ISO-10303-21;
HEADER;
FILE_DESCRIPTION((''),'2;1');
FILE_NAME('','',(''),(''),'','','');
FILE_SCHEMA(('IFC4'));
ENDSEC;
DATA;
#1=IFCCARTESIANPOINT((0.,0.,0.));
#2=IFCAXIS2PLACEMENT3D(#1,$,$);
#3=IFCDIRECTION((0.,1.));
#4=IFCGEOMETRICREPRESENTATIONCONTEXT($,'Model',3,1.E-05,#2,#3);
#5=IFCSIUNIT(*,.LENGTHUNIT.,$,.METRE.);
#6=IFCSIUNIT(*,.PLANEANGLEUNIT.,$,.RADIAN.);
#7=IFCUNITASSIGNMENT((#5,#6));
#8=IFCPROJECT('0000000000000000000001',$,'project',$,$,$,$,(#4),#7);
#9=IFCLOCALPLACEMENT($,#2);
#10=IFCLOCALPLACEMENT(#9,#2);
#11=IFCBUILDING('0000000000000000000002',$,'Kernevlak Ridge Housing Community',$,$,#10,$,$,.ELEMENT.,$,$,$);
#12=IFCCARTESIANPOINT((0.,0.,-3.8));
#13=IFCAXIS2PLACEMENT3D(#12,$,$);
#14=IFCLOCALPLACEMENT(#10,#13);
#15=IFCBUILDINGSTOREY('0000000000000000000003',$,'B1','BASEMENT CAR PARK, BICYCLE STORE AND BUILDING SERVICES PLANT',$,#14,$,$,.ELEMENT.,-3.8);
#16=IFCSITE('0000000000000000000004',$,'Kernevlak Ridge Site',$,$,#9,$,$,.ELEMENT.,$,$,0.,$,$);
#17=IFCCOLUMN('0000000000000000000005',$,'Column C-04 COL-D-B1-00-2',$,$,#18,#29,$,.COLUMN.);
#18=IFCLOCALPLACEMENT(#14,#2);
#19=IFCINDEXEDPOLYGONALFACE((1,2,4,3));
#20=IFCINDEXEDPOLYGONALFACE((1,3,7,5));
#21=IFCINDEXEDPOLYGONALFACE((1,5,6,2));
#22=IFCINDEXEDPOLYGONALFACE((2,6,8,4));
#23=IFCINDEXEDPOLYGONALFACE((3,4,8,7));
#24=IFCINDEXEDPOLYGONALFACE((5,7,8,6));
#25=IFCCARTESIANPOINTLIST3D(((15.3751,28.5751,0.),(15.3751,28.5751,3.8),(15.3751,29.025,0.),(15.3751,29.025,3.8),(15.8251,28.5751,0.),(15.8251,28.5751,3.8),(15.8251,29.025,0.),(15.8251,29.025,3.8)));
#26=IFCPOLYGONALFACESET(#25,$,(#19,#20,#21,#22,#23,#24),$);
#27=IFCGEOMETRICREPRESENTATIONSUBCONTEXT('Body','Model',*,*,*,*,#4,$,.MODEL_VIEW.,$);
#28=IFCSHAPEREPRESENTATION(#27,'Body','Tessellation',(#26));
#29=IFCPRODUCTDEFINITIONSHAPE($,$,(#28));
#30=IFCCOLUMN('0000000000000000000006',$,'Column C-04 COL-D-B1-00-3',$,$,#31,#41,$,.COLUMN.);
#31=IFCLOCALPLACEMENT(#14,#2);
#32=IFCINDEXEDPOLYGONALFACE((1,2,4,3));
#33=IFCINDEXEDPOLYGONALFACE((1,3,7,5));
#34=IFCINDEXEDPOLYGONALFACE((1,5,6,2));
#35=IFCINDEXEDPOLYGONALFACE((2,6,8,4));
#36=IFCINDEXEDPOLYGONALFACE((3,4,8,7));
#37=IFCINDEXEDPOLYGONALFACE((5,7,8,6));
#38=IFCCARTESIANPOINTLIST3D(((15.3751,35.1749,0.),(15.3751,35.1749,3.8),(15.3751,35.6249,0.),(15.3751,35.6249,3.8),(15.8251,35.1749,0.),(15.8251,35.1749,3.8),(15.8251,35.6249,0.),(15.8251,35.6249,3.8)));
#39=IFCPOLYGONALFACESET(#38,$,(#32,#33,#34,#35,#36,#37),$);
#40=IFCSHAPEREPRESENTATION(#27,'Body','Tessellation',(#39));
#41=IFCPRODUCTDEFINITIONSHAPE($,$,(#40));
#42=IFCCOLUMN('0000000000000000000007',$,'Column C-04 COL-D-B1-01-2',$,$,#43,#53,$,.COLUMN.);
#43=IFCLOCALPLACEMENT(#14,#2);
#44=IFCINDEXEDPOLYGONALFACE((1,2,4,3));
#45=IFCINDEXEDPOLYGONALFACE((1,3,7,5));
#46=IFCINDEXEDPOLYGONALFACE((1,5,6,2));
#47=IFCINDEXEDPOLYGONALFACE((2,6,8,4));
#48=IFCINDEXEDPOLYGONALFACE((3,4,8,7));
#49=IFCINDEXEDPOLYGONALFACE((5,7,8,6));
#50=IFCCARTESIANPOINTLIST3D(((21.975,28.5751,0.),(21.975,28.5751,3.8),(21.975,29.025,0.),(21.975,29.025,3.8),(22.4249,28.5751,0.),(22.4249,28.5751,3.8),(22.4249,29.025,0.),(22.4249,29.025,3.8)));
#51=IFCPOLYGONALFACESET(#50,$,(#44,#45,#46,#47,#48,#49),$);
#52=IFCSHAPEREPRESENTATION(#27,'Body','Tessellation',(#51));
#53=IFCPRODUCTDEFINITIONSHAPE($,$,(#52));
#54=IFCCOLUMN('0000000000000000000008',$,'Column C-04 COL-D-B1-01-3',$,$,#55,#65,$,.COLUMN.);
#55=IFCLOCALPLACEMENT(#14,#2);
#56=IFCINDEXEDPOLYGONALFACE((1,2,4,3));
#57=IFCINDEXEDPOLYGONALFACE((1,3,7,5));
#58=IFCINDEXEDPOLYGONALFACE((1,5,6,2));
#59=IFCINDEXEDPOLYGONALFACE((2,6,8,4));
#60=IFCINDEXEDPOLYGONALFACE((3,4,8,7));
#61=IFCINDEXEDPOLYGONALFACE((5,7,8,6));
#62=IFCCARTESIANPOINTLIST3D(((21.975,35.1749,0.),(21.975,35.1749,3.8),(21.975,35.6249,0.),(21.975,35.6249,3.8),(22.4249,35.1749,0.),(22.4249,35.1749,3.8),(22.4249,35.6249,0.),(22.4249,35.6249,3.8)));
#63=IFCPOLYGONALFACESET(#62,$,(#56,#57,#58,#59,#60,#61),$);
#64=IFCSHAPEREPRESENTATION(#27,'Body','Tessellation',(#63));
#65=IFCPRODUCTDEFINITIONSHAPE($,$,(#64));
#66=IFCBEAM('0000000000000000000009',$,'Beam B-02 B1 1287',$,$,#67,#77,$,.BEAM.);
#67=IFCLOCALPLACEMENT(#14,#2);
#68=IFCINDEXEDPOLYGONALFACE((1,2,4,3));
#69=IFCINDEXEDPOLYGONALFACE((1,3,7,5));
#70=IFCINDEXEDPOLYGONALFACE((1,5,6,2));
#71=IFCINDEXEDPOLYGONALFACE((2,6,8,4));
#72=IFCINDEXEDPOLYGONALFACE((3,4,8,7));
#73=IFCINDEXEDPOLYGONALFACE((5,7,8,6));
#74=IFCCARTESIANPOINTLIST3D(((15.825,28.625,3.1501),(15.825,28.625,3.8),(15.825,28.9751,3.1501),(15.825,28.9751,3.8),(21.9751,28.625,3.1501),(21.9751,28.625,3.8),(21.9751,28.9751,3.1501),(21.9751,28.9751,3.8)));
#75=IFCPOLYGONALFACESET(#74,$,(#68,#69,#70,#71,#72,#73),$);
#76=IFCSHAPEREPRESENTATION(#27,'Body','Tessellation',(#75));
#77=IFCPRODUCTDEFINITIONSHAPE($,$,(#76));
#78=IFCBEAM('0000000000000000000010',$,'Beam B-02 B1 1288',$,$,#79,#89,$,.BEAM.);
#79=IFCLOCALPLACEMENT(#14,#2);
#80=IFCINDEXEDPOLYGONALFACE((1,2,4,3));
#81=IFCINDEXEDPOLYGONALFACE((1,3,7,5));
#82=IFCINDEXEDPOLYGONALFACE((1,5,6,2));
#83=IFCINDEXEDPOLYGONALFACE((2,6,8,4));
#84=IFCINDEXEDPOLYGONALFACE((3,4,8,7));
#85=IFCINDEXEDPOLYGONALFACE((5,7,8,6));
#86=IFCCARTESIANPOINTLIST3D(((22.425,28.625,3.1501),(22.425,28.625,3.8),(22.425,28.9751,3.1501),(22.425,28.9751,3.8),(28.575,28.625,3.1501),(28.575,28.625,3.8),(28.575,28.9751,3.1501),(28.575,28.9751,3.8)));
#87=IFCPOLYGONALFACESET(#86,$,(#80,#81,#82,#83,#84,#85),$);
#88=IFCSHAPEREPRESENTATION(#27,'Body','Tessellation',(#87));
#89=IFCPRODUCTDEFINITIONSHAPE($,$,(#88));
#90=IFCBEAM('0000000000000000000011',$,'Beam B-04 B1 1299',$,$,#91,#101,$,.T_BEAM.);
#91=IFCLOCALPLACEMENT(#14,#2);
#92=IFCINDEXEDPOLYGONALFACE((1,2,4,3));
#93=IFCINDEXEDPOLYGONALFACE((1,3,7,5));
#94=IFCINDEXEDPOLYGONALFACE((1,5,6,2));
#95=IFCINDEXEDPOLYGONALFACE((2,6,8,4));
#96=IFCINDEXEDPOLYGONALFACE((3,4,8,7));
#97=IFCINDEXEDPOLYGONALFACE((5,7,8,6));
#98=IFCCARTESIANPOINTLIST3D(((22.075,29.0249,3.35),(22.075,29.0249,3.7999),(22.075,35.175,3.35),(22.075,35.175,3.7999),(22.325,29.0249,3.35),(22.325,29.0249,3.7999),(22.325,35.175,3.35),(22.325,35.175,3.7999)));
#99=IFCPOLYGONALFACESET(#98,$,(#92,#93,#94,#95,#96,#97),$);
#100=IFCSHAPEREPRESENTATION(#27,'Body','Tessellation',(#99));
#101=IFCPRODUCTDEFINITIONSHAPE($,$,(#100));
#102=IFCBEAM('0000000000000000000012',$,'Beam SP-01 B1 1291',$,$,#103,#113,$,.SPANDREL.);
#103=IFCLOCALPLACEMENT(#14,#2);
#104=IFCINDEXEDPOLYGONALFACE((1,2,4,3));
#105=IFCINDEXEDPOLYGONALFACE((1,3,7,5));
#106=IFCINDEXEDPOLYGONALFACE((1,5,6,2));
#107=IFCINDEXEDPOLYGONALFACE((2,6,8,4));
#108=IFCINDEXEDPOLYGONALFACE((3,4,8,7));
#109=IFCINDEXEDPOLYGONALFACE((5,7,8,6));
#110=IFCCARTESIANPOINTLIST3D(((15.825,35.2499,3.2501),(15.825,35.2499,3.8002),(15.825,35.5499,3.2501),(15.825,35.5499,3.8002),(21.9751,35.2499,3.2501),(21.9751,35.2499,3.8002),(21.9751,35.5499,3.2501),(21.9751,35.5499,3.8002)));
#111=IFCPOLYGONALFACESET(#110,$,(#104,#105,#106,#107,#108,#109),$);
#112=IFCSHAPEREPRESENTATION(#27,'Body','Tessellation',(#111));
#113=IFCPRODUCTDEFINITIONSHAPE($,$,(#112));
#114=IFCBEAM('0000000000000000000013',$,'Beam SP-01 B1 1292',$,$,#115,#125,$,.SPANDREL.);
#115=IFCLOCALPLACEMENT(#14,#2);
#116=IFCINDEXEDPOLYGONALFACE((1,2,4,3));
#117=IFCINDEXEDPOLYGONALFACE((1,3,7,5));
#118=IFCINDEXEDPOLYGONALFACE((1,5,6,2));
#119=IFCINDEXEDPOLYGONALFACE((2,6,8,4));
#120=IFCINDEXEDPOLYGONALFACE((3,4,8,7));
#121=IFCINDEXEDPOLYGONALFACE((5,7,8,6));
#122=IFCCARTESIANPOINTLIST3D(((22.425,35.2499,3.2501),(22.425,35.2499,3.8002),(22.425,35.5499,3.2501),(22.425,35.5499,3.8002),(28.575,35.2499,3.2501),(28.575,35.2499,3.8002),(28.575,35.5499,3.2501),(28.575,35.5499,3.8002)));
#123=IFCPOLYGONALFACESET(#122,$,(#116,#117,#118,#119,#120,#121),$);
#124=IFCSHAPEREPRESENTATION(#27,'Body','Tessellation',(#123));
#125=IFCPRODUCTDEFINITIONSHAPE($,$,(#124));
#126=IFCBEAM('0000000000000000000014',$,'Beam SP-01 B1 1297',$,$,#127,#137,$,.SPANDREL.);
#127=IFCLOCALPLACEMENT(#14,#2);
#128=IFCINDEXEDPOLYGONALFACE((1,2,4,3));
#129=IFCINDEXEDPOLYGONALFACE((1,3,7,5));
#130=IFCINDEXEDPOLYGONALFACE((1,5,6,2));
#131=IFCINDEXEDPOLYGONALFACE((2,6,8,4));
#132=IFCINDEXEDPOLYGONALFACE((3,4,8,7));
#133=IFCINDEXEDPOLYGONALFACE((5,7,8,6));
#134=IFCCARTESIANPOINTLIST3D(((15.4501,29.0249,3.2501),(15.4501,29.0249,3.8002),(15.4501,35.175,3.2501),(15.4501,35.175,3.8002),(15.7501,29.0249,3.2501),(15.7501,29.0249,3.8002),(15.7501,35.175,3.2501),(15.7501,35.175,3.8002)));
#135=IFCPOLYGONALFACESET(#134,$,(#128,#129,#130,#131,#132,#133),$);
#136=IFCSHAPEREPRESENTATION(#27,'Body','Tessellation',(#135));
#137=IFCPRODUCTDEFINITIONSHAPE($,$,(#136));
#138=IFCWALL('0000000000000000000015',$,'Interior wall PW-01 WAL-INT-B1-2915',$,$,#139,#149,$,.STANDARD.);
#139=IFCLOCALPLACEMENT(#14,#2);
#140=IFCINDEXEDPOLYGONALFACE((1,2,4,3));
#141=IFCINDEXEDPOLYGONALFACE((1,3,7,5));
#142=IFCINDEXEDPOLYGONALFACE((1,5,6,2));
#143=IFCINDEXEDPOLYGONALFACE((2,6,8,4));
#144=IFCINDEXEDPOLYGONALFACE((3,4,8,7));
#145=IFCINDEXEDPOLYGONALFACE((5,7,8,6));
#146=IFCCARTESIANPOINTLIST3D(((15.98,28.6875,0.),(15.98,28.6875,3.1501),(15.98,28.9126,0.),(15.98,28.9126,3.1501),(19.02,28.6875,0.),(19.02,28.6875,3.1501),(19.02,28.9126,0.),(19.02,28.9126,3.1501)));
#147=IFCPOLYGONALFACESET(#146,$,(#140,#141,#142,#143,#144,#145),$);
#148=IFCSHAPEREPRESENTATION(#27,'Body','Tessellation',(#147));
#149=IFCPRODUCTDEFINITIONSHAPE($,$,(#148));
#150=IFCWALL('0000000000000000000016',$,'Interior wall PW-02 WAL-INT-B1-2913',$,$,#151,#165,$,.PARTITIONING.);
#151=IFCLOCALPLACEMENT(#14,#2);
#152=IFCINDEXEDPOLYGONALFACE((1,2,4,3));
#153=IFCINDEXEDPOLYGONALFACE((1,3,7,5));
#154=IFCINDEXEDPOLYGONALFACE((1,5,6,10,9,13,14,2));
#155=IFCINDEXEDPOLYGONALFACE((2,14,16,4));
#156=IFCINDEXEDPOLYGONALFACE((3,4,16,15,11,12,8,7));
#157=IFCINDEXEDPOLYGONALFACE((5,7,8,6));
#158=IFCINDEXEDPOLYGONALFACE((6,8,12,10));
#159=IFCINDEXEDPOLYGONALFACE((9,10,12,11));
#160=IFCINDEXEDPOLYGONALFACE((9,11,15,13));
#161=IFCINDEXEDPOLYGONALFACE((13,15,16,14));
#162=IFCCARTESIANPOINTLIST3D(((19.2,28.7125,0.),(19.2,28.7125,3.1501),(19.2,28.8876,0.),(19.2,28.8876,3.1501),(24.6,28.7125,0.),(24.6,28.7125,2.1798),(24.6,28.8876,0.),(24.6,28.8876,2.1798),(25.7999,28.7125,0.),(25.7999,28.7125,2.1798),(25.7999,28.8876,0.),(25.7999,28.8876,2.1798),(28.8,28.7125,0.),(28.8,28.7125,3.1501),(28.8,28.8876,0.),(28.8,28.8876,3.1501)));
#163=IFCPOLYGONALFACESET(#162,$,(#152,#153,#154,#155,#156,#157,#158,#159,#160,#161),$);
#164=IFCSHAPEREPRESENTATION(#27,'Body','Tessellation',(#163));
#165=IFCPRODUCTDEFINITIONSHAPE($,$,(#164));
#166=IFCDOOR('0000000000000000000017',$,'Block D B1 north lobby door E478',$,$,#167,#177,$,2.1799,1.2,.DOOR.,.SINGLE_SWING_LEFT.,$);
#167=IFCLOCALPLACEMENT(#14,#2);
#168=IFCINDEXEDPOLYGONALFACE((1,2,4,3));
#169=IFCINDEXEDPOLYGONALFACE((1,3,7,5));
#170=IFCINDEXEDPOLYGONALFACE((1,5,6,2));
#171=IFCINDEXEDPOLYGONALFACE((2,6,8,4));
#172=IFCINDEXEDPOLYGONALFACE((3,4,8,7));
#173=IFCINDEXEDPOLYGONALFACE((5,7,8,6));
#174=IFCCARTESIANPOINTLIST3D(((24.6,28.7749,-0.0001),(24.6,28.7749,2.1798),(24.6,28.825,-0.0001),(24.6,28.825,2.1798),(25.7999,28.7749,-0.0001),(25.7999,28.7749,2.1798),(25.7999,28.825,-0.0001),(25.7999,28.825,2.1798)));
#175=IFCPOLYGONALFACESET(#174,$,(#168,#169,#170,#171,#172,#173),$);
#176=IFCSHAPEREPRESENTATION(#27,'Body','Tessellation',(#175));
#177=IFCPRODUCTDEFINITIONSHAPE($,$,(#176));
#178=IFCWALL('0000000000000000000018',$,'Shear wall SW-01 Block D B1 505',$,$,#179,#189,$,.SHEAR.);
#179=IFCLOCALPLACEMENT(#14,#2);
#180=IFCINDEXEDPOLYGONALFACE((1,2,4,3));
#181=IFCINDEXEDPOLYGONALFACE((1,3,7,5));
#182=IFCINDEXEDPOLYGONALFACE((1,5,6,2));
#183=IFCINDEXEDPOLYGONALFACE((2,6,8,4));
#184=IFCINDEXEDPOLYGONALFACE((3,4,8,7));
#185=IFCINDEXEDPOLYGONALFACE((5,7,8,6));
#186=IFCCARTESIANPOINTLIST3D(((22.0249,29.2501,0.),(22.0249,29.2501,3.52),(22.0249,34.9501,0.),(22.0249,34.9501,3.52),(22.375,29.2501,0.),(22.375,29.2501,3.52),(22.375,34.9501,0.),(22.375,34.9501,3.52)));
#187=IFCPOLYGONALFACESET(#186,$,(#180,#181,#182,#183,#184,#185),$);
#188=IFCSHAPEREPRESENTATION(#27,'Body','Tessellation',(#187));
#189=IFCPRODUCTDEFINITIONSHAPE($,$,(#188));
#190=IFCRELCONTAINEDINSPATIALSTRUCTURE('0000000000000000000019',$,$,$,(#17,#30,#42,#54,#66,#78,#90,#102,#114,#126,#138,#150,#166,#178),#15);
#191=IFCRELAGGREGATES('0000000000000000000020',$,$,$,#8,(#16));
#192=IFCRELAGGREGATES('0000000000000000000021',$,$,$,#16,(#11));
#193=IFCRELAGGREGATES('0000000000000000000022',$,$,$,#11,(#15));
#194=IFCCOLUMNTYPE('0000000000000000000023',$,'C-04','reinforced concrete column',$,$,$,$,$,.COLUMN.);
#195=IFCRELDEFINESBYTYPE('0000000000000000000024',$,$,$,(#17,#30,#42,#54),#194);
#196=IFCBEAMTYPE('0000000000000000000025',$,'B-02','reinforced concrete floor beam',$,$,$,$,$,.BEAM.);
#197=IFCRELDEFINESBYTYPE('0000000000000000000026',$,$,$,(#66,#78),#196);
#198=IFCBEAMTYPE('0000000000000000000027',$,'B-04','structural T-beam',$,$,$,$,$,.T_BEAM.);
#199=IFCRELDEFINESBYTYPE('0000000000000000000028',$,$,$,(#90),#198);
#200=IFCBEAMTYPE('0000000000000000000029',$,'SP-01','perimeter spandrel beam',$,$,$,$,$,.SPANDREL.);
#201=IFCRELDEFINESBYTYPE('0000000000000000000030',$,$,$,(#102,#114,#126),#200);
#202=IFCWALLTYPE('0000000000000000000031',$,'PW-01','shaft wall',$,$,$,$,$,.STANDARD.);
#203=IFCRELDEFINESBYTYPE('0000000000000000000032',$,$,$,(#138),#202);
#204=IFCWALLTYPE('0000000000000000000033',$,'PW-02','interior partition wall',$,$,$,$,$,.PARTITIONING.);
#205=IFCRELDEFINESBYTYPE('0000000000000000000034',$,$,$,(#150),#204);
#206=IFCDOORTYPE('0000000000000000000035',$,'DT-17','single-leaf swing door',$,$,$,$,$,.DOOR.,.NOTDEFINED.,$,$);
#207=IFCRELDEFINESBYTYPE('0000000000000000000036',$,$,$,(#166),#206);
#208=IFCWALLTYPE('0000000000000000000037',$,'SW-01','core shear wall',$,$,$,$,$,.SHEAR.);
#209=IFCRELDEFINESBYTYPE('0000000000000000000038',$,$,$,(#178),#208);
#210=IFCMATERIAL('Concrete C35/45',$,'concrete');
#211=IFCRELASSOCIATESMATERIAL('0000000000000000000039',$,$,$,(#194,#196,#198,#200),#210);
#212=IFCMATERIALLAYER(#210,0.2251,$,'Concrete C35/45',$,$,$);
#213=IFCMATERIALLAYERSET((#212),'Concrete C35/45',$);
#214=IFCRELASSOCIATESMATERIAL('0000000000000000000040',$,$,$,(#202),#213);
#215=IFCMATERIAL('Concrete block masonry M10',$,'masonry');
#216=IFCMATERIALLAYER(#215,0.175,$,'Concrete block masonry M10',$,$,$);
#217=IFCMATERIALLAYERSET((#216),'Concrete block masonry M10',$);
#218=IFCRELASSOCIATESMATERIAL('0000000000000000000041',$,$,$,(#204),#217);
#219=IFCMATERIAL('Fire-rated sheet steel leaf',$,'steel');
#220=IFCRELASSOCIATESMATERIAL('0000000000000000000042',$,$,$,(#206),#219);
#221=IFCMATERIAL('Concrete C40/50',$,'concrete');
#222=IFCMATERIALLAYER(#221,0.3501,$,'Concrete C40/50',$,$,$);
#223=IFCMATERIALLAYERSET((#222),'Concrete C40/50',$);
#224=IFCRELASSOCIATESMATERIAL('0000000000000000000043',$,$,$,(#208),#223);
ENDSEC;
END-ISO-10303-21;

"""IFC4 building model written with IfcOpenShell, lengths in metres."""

from ifc_helpers import new_model, si_unit, direction, frame, frame_2d, origin, origin_2d, place, context, subcontext, project, spatial, rectangle, extrude, material, layer, layer_set, material_profile, profile_set, type_object, element, fill, save


model = new_model("IFC4")

# Units and contexts
model_context = context("Model", 3, precision=1e-05, world=origin(), true_north=direction((0.0, 1.0)))
body_context = subcontext(model_context, "Body", "Model", "MODEL_VIEW")
ifc_project = project(units=[si_unit("LENGTHUNIT", "METRE"), si_unit("PLANEANGLEUNIT", "RADIAN")], contexts=[model_context])

# Site, building, storey
site_placement = place(None, origin())
site = spatial("IfcSite", under=ifc_project, at=site_placement, Name="Kernevlak Ridge Site", CompositionType="ELEMENT", RefElevation=0.0)
building_placement = place(site_placement, origin())
building = spatial("IfcBuilding", under=site, at=building_placement, Name="Kernevlak Ridge Housing Community", CompositionType="ELEMENT")
storey_placement = place(building_placement, frame((0.0, 0.0, -3.8)))
storey = spatial("IfcBuildingStorey", under=building, at=storey_placement, Name="B1", Description="BASEMENT CAR PARK, BICYCLE STORE AND BUILDING SERVICES PLANT", CompositionType="ELEMENT", Elevation=-3.8)

# Shared definitions
ifc_material_1 = material(Name="Concrete C35/45", Category="concrete")

# Columns
ifc_material_profile_1 = material_profile(ifc_material_1, rectangle(XDim=0.45, YDim=0.45, at=origin_2d()), Name="RC 450x450")
ifc_profile_set_1 = profile_set([ifc_material_profile_1], Name="Concrete C35/45")
column_type = type_object("IfcColumnType", Name="C-04", Description="reinforced concrete column", PredefinedType="COLUMN", material=ifc_profile_set_1)
for number, where, z_axis, x_axis, name in (
    (1, (15.6001, 28.8, 0.0), (0.0, 0.0, 1.0), (1.0, 0.0, 0.0), "Column C-04 COL-D-B1-00-2"),
    (2, (15.6001, 35.3999, 0.0), (0.0, 0.0, 1.0), (1.0, 0.0, 0.0), "Column C-04 COL-D-B1-00-3"),
    (3, (22.2, 28.8, 0.0), (0.0, 0.0, 1.0), (1.0, 0.0, 0.0), "Column C-04 COL-D-B1-01-2"),
    (4, (22.2, 35.3999, 0.0), (0.0, 0.0, 1.0), (1.0, 0.0, 0.0), "Column C-04 COL-D-B1-01-3"),
):
    element("IfcColumn", number, at=place(storey_placement, frame(where, z_axis=z_axis, x_axis=x_axis)), inside=storey, type_object=column_type, Name=name, PredefinedType="COLUMN", context=body_context, shape_type="SweptSolid", body=[
        extrude(rectangle(XDim=0.45, YDim=0.45, at=origin_2d()), origin(), (0.0, 0.0, 1.0), 3.8),
    ])

# Beams
ifc_material_profile_2 = material_profile(ifc_material_1, rectangle(XDim=0.3501, YDim=0.6499, at=origin_2d()), Name="RC 350x650")
ifc_profile_set_2 = profile_set([ifc_material_profile_2], Name="Concrete C35/45")
beam_type_1 = type_object("IfcBeamType", Name="B-02", Description="reinforced concrete floor beam", PredefinedType="BEAM", material=ifc_profile_set_2)
beam_1_placement = place(storey_placement, frame((15.825, 28.8, 3.4751), z_axis=(1.0, 0.0, 0.0), x_axis=(0.0, 1.0, 0.0)))
element("IfcBeam", 5, at=beam_1_placement, inside=storey, type_object=beam_type_1, Name="Beam B-02 B1 1287", PredefinedType="BEAM", context=body_context, shape_type="SweptSolid", body=[
    extrude(rectangle(XDim=0.3501, YDim=0.6499, at=origin_2d()), origin(), (0.0, 0.0, 1.0), 6.1501),
])
beam_2_placement = place(storey_placement, frame((22.425, 28.8, 3.4751), z_axis=(1.0, 0.0, 0.0), x_axis=(0.0, 1.0, 0.0)))
element("IfcBeam", 6, at=beam_2_placement, inside=storey, type_object=beam_type_1, Name="Beam B-02 B1 1288", PredefinedType="BEAM", context=body_context, shape_type="SweptSolid", body=[
    extrude(rectangle(XDim=0.3501, YDim=0.6499, at=origin_2d()), origin(), (0.0, 0.0, 1.0), 6.1499),
])
ifc_material_profile_3 = material_profile(ifc_material_1, rectangle(XDim=0.25, YDim=0.45, at=origin_2d()), Name="RC 250x450")
ifc_profile_set_3 = profile_set([ifc_material_profile_3], Name="Concrete C35/45")
beam_type_2 = type_object("IfcBeamType", Name="B-04", Description="structural T-beam", PredefinedType="T_BEAM", material=ifc_profile_set_3)
beam_3_placement = place(storey_placement, frame((22.2, 29.0249, 3.575), z_axis=(0.0, 1.0, 0.0), x_axis=(-1.0, 0.0, 0.0)))
element("IfcBeam", 7, at=beam_3_placement, inside=storey, type_object=beam_type_2, Name="Beam B-04 B1 1299", PredefinedType="T_BEAM", context=body_context, shape_type="SweptSolid", body=[
    extrude(rectangle(XDim=0.25, YDim=0.45, at=origin_2d()), origin(), (0.0, 0.0, 1.0), 6.1501),
])
ifc_material_profile_4 = material_profile(ifc_material_1, rectangle(XDim=0.3, YDim=0.55, at=origin_2d()), Name="RC 300x550")
ifc_profile_set_4 = profile_set([ifc_material_profile_4], Name="Concrete C35/45")
beam_type_3 = type_object("IfcBeamType", Name="SP-01", Description="perimeter spandrel beam", PredefinedType="SPANDREL", material=ifc_profile_set_4)
beam_4_placement = place(storey_placement, frame((15.825, 35.3999, 3.5251), z_axis=(1.0, 0.0, 0.0), x_axis=(0.0, 1.0, 0.0)))
element("IfcBeam", 8, at=beam_4_placement, inside=storey, type_object=beam_type_3, Name="Beam SP-01 B1 1291", PredefinedType="SPANDREL", context=body_context, shape_type="SweptSolid", body=[
    extrude(rectangle(XDim=0.3, YDim=0.55, at=origin_2d()), origin(), (0.0, 0.0, 1.0), 6.1501),
])
beam_5_placement = place(storey_placement, frame((22.425, 35.3999, 3.5251), z_axis=(1.0, 0.0, 0.0), x_axis=(0.0, 1.0, 0.0)))
element("IfcBeam", 9, at=beam_5_placement, inside=storey, type_object=beam_type_3, Name="Beam SP-01 B1 1292", PredefinedType="SPANDREL", context=body_context, shape_type="SweptSolid", body=[
    extrude(rectangle(XDim=0.3, YDim=0.55, at=origin_2d()), origin(), (0.0, 0.0, 1.0), 6.1499),
])
beam_6_placement = place(storey_placement, frame((15.6001, 29.0249, 3.5251), z_axis=(0.0, 1.0, 0.0), x_axis=(-1.0, 0.0, 0.0)))
element("IfcBeam", 10, at=beam_6_placement, inside=storey, type_object=beam_type_3, Name="Beam SP-01 B1 1297", PredefinedType="SPANDREL", context=body_context, shape_type="SweptSolid", body=[
    extrude(rectangle(XDim=0.3, YDim=0.55, at=origin_2d()), origin(), (0.0, 0.0, 1.0), 6.1501),
])

# Wall
ifc_layer_1 = layer(ifc_material_1, 0.2251, Name="Concrete C35/45")
ifc_layer_set_1 = layer_set([ifc_layer_1], Name="Concrete C35/45")
wall_type_1 = type_object("IfcWallType", Name="PW-01", Description="shaft wall", PredefinedType="STANDARD", material=ifc_layer_set_1)
wall_1_placement = place(storey_placement, frame((15.98, 28.8, 0.0), z_axis=(0.0, 0.0, 1.0), x_axis=(1.0, 0.0, 0.0)))
element("IfcWall", 11, at=wall_1_placement, inside=storey, type_object=wall_type_1, Name="Interior wall PW-01 WAL-INT-B1-2915", PredefinedType="STANDARD", context=body_context, shape_type="SweptSolid", body=[
    extrude(rectangle(XDim=3.04, YDim=0.2251, at=frame_2d((1.52, 0.0))), origin(), (0.0, 0.0, 1.0), 3.1501),
])

# Wall, opening, door
ifc_material_2 = material(Name="Concrete block masonry M10", Category="masonry")
ifc_layer_2 = layer(ifc_material_2, 0.175, Name="Concrete block masonry M10")
ifc_layer_set_2 = layer_set([ifc_layer_2], Name="Concrete block masonry M10")
wall_type_2 = type_object("IfcWallType", Name="PW-02", Description="interior partition wall", PredefinedType="PARTITIONING", material=ifc_layer_set_2)
wall_2_placement = place(storey_placement, frame((19.2, 28.8, 0.0), z_axis=(0.0, 0.0, 1.0), x_axis=(1.0, 0.0, 0.0)))
wall_2 = element("IfcWall", 12, at=wall_2_placement, inside=storey, type_object=wall_type_2, Name="Interior wall PW-02 WAL-INT-B1-2913", PredefinedType="PARTITIONING", context=body_context, shape_type="SweptSolid", body=[
    extrude(rectangle(XDim=9.6001, YDim=0.175, at=frame_2d((4.8, 0.0))), origin(), (0.0, 0.0, 1.0), 3.1501),
])
opening_placement = place(wall_2_placement, frame((5.3999, 0.0, 0.0)))
opening = element("IfcOpeningElement", 13, at=opening_placement, cuts=wall_2, PredefinedType="OPENING", context=body_context, shape_type="SweptSolid", body=[
    extrude(rectangle(XDim=1.2, YDim=2.1799, at=frame_2d((0.6001, 1.0898))), frame((0.0, 0.0974, 0.0), z_axis=(0.0, -1.0, 0.0), x_axis=(1.0, 0.0, 0.0)), (0.0, 0.0, 1.0), 0.1951),
])
ifc_material_3 = material(Name="Fire-rated sheet steel leaf", Category="steel")
door_type = type_object("IfcDoorType", Name="DT-17", Description="single-leaf swing door", OperationType="NOTDEFINED", PredefinedType="DOOR", material=ifc_material_3)
door_placement = place(opening_placement, origin())
door = element("IfcDoor", 14, at=door_placement, inside=storey, type_object=door_type, Name="Block D B1 north lobby door E478", OperationType="SINGLE_SWING_LEFT", OverallHeight=2.1799, OverallWidth=1.2, PredefinedType="DOOR", context=body_context, shape_type="SweptSolid", body=[
    extrude(rectangle(XDim=1.2, YDim=2.1799, at=frame_2d((0.6001, 1.0898))), frame((0.0, 0.0249, 0.0), z_axis=(0.0, -1.0, 0.0), x_axis=(1.0, 0.0, 0.0)), (0.0, 0.0, 1.0), 0.05),
])
fill(opening, door)

# Wall
ifc_material_4 = material(Name="Concrete C40/50", Category="concrete")
ifc_layer_3 = layer(ifc_material_4, 0.3501, Name="Concrete C40/50")
ifc_layer_set_3 = layer_set([ifc_layer_3], Name="Concrete C40/50")
wall_type_3 = type_object("IfcWallType", Name="SW-01", Description="core shear wall", PredefinedType="SHEAR", material=ifc_layer_set_3)
wall_3_placement = place(storey_placement, frame((22.2, 29.25, 0.0), z_axis=(0.0, 0.0, 1.0), x_axis=(0.0, 1.0, 0.0)))
element("IfcWall", 15, at=wall_3_placement, inside=storey, type_object=wall_type_3, Name="Shear wall SW-01 Block D B1 505", PredefinedType="SHEAR", context=body_context, shape_type="SweptSolid", body=[
    extrude(rectangle(XDim=5.7, YDim=0.3501, at=frame_2d((2.8501, 0.0))), origin(), (0.0, 0.0, 1.0), 3.52),
])

save(model, "model.ifc")
